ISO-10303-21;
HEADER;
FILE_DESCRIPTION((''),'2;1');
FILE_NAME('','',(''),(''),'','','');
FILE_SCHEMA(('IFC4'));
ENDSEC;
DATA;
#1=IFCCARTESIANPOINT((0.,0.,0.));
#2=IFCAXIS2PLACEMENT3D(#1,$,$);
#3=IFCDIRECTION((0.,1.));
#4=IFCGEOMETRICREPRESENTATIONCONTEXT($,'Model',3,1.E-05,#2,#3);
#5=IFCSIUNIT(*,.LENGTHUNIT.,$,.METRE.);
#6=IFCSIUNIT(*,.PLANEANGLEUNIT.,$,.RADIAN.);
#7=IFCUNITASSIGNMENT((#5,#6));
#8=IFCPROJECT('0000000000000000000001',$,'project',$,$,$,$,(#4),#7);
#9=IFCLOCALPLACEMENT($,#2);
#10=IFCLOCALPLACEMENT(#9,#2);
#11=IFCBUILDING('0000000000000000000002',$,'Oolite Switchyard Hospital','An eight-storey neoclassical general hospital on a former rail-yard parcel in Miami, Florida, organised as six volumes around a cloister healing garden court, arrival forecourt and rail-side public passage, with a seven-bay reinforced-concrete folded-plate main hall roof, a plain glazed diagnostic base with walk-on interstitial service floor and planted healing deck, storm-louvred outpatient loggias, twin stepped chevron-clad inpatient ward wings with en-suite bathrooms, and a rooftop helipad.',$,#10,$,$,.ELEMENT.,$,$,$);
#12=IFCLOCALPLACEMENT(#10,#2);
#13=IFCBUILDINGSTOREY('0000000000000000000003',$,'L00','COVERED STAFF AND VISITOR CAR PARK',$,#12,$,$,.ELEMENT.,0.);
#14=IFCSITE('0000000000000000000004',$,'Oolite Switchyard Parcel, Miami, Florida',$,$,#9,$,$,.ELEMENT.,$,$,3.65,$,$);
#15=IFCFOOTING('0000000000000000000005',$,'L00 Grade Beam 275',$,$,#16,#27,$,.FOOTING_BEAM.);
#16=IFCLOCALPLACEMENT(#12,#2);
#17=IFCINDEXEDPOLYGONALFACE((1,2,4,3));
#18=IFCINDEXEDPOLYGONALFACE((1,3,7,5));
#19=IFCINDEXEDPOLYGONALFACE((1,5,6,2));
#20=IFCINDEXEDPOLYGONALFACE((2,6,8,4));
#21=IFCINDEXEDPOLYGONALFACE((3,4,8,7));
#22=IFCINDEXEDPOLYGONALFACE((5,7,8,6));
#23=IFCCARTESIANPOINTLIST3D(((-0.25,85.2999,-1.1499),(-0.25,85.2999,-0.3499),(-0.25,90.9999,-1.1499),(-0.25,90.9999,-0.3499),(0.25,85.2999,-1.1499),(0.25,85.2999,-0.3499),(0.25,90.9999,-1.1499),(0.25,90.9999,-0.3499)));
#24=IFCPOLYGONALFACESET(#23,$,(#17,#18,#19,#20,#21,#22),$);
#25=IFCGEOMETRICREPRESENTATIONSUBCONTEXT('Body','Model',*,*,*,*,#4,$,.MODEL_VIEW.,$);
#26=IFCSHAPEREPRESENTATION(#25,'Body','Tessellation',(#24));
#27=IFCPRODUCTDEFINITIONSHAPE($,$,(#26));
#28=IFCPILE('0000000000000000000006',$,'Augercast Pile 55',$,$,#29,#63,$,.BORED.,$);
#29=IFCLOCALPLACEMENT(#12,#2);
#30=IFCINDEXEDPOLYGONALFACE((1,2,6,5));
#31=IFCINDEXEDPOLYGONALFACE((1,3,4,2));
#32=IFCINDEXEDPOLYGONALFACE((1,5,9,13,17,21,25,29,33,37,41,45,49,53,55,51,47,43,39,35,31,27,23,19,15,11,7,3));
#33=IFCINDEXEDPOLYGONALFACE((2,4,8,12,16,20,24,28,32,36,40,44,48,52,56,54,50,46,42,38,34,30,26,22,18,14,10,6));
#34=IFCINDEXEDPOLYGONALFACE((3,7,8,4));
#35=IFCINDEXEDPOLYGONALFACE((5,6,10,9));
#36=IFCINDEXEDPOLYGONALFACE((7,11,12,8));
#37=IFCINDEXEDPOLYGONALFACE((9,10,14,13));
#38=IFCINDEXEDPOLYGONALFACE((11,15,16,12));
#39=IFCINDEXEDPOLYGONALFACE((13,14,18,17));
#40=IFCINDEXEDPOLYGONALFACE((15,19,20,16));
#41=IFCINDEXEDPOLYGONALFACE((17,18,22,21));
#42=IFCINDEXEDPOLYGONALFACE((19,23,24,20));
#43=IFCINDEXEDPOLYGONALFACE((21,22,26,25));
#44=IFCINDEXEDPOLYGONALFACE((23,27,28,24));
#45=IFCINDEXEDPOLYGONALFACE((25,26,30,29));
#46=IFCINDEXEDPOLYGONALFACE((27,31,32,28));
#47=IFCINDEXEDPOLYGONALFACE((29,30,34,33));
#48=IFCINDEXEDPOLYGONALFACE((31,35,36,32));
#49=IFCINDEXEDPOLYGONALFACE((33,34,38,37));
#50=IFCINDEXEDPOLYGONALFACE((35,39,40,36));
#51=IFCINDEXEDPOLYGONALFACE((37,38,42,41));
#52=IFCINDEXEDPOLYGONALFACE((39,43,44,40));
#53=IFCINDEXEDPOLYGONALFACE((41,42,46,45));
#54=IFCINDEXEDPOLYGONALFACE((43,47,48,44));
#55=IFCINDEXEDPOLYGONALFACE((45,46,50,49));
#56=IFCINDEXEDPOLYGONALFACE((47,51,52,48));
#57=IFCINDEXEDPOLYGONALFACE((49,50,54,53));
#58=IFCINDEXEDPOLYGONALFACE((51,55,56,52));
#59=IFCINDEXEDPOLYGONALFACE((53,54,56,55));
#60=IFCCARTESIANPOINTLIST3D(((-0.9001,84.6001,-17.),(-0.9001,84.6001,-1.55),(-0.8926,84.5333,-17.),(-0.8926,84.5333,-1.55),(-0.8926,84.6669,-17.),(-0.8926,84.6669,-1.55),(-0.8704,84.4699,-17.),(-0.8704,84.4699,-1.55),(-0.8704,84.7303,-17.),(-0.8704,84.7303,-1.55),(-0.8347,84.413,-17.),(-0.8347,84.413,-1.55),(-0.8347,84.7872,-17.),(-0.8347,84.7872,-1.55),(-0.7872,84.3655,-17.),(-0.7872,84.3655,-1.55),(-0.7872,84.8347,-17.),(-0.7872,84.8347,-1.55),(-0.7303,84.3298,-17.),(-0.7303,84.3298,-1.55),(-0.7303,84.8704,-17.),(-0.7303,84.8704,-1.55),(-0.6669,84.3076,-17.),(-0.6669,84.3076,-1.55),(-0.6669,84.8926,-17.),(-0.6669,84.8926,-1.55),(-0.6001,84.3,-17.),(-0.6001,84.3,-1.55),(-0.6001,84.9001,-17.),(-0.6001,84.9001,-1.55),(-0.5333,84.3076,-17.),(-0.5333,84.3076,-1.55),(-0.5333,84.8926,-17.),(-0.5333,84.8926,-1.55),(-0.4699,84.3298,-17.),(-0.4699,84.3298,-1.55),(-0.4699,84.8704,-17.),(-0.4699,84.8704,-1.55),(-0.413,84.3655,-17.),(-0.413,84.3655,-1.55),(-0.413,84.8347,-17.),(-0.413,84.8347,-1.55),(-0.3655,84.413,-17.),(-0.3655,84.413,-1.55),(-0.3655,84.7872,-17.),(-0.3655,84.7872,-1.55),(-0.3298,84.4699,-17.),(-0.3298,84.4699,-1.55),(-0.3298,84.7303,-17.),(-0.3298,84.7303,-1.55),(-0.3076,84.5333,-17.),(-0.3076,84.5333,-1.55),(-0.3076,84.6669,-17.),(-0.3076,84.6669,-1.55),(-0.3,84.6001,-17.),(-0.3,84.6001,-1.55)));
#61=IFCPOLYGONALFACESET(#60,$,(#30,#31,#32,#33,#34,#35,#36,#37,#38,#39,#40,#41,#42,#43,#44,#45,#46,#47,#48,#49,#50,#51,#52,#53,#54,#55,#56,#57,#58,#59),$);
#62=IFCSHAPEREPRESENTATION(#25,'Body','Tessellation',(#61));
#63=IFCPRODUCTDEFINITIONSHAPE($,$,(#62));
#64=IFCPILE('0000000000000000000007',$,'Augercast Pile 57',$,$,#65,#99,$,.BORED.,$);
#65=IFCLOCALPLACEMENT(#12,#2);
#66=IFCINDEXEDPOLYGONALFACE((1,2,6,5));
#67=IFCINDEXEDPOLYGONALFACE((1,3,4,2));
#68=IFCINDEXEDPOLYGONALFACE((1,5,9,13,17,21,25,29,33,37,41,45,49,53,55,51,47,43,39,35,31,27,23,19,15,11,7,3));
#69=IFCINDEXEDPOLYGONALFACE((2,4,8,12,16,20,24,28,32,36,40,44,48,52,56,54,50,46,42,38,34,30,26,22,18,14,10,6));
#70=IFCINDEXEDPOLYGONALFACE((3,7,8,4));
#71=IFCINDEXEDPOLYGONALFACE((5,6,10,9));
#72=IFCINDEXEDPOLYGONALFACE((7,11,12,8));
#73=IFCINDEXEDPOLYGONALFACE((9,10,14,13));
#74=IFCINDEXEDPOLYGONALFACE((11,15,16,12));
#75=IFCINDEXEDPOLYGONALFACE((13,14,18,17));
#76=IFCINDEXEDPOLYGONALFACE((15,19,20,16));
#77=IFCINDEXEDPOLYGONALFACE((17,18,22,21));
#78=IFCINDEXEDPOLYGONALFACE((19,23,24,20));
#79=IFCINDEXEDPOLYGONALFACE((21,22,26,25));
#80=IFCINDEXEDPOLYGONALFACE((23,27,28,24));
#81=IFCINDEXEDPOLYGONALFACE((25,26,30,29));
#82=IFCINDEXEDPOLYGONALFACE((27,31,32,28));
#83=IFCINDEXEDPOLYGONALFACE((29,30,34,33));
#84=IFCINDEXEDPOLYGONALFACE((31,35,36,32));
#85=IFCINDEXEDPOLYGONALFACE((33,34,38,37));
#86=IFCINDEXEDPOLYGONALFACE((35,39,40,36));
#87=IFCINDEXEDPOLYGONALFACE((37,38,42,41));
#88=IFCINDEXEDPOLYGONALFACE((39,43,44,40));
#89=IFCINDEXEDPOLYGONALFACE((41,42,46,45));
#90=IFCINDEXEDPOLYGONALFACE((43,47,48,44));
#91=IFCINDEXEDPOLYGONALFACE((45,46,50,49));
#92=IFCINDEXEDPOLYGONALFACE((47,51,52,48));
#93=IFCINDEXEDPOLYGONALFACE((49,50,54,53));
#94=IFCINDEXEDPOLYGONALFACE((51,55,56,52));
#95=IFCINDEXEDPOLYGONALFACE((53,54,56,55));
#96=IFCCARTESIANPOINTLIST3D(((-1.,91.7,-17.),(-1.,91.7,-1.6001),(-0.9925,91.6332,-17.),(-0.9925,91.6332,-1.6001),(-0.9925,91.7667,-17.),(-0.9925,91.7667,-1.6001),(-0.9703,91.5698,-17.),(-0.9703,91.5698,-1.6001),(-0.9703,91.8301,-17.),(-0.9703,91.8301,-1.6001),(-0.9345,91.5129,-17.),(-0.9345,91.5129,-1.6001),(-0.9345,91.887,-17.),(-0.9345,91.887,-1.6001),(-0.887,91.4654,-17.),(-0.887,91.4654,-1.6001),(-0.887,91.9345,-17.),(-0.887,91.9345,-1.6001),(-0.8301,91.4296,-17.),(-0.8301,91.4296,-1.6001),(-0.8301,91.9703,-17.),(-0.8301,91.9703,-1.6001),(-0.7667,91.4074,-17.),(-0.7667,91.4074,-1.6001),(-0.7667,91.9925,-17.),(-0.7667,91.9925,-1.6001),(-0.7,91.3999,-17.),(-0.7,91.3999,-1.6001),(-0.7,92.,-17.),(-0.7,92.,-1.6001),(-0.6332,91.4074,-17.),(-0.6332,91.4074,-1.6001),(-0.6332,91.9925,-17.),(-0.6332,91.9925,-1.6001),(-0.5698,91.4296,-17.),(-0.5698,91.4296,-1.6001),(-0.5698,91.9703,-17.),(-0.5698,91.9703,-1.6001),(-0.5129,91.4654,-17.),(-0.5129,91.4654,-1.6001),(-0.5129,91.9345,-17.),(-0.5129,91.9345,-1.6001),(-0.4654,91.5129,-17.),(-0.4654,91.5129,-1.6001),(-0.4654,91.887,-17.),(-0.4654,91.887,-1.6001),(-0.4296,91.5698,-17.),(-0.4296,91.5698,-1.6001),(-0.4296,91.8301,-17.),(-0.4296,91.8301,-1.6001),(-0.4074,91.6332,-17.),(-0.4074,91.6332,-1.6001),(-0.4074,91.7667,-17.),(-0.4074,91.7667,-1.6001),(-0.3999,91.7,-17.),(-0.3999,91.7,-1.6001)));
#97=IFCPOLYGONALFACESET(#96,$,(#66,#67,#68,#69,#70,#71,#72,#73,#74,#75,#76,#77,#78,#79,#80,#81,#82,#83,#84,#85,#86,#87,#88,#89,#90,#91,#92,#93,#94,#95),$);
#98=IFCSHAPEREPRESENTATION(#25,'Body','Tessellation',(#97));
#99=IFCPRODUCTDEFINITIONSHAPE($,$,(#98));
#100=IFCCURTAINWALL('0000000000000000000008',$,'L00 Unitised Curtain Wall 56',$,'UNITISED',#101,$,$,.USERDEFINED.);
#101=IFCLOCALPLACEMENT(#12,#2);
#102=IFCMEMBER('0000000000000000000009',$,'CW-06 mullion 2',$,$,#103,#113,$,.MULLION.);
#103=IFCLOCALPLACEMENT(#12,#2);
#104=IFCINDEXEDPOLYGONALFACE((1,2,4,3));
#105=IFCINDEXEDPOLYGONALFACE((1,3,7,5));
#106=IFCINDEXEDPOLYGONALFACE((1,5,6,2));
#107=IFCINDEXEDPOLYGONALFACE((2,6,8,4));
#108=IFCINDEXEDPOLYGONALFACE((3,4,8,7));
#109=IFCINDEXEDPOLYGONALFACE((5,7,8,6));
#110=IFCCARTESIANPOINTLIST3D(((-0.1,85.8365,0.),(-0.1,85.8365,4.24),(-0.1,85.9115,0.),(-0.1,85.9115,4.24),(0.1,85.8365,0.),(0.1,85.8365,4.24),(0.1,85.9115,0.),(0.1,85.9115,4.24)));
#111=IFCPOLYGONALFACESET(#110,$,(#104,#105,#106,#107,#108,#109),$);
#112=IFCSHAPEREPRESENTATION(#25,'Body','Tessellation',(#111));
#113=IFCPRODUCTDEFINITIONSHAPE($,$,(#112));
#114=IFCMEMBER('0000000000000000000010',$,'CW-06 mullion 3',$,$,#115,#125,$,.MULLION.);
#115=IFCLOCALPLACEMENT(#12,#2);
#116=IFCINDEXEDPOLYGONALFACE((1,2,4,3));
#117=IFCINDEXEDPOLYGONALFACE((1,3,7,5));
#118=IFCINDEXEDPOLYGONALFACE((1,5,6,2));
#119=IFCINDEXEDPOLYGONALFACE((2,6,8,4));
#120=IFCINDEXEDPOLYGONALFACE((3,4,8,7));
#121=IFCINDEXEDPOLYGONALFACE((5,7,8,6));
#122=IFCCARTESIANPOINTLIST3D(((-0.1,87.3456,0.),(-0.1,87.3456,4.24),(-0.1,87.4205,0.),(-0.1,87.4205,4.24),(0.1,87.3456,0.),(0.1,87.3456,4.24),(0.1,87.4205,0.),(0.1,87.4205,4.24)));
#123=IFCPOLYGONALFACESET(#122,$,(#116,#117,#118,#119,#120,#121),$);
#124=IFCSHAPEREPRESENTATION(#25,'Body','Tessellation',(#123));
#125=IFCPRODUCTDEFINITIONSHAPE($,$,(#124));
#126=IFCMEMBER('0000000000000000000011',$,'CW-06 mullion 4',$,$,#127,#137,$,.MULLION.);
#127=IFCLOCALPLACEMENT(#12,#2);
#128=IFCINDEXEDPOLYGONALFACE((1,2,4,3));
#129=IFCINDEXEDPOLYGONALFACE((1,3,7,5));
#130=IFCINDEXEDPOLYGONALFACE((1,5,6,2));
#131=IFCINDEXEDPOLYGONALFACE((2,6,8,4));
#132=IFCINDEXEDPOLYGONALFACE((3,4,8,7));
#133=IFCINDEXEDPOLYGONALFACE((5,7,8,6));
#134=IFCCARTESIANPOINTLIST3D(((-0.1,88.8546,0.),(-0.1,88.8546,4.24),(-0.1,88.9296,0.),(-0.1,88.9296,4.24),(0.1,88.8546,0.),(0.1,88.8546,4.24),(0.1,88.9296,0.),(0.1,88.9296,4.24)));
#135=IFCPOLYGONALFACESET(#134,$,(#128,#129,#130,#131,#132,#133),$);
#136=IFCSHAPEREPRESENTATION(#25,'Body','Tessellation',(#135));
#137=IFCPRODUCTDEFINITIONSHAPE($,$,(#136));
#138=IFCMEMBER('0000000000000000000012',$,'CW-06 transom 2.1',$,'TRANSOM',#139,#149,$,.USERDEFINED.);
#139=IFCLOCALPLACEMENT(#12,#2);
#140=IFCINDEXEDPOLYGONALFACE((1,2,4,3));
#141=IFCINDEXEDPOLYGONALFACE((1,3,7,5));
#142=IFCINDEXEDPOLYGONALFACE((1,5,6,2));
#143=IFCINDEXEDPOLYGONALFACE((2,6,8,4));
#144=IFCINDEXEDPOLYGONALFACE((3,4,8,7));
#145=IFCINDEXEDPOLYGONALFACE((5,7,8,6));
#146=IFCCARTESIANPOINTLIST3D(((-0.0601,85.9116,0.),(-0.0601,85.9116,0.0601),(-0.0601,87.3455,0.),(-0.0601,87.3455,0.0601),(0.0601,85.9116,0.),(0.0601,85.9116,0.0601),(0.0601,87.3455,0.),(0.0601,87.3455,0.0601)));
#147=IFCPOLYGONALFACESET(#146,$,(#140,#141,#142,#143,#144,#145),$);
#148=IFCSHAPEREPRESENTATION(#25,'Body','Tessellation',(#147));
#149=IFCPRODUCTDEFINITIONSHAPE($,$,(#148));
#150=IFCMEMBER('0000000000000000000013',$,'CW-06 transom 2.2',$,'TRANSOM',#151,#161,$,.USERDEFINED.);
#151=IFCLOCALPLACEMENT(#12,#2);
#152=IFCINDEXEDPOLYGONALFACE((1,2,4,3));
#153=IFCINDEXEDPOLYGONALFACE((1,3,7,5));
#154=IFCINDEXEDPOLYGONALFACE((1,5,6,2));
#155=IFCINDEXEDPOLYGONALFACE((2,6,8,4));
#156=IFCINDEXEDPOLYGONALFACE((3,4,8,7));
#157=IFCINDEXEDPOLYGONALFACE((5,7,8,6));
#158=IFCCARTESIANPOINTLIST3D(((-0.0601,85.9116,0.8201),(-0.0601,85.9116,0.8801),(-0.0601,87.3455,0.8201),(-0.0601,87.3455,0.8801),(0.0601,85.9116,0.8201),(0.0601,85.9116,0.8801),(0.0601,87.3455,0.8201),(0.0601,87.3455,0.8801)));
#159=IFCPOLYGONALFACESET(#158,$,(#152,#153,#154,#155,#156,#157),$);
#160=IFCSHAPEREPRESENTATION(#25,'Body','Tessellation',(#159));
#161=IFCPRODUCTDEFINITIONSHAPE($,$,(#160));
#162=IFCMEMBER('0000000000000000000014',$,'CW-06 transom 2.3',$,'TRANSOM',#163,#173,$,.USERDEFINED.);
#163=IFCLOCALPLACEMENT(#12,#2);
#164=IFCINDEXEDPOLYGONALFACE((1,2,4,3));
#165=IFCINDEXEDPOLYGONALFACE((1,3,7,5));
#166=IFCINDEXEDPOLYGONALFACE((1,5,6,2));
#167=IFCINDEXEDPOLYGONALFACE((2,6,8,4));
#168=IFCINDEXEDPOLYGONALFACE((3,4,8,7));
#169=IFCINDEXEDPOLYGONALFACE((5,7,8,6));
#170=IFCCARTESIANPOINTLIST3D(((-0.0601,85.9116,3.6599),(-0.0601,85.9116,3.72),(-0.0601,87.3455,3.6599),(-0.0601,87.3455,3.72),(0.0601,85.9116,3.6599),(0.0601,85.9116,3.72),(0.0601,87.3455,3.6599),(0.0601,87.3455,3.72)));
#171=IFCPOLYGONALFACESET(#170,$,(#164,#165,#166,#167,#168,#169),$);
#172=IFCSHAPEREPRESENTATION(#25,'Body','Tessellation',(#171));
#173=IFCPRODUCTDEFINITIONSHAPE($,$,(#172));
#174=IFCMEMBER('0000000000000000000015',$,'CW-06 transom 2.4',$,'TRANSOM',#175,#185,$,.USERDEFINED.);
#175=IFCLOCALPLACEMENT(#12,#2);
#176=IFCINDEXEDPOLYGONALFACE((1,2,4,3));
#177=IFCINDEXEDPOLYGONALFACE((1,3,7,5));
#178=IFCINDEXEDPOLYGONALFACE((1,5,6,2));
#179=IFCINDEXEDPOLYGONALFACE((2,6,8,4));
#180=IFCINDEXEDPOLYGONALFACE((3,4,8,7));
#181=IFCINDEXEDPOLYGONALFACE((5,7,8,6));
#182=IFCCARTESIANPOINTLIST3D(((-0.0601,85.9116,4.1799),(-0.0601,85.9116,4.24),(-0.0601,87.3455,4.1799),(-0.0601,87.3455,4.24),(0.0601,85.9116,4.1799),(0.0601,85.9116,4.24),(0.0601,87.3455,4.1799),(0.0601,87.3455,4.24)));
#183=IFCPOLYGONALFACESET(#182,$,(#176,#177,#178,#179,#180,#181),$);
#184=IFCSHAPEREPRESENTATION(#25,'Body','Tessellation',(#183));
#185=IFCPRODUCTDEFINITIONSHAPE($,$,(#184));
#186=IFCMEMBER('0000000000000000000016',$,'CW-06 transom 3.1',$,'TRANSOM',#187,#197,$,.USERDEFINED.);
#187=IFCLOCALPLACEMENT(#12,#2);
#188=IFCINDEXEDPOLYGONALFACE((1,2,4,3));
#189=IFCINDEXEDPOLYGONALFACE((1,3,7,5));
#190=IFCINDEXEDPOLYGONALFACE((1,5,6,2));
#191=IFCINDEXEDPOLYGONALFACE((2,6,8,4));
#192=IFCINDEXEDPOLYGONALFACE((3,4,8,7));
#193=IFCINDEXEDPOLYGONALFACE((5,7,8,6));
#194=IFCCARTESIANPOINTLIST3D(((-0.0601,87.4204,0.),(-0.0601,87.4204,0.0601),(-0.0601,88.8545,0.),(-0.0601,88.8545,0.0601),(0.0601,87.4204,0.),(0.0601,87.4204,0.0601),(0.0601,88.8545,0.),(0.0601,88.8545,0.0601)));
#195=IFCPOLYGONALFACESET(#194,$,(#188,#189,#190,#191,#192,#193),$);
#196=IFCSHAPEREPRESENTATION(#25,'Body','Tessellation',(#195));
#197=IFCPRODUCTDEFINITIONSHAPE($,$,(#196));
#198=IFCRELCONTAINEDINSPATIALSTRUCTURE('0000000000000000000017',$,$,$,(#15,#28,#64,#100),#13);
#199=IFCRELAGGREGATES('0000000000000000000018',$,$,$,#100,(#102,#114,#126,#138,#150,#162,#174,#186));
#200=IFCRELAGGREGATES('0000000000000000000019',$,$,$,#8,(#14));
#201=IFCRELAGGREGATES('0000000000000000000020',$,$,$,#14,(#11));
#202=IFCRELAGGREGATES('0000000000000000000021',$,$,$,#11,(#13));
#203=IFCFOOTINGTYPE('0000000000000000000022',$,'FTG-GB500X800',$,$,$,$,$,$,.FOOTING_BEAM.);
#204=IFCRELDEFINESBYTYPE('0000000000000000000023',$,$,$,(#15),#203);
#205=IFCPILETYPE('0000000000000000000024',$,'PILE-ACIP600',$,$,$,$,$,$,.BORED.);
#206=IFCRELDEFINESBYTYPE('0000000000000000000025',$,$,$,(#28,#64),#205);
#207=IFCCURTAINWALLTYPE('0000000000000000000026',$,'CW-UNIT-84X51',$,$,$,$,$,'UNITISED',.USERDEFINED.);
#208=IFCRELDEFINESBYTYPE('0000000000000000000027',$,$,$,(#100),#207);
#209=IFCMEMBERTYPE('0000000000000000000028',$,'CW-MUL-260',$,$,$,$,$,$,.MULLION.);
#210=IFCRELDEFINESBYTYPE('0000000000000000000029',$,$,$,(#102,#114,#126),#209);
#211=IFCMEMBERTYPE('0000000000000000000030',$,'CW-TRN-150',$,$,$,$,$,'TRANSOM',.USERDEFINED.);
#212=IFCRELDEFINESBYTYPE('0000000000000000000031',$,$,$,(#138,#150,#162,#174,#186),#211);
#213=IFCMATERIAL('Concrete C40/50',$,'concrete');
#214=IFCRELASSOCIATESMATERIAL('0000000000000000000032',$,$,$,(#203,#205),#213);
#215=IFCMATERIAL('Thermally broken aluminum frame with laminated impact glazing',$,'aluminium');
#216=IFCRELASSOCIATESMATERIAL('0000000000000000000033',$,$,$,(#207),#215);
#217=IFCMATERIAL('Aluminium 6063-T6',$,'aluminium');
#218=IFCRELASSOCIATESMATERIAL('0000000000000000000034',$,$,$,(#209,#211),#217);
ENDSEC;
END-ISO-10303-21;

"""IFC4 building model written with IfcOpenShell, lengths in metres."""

from ifc_helpers import new_model, si_unit, direction, frame, origin, origin_2d, place, context, subcontext, project, spatial, rectangle, circle, extrude, material, material_profile, profile_set, type_object, element, aggregate, save


model = new_model("IFC4")

# Units and contexts
model_context = context("Model", 3, precision=1e-05, world=origin(), true_north=direction((0.0, 1.0)))
body_context = subcontext(model_context, "Body", "Model", "MODEL_VIEW")
ifc_project = project(units=[si_unit("LENGTHUNIT", "METRE"), si_unit("PLANEANGLEUNIT", "RADIAN")], contexts=[model_context])

# Site, building, storey
site_placement = place(None, origin())
site = spatial("IfcSite", under=ifc_project, at=site_placement, Name="Oolite Switchyard Parcel, Miami, Florida", CompositionType="ELEMENT", RefElevation=3.65)
building_placement = place(site_placement, origin())
building = spatial("IfcBuilding", under=site, at=building_placement, Name="Oolite Switchyard Hospital", Description="An eight-storey neoclassical general hospital on a former rail-yard parcel in Miami, Florida, organised as six volumes around a cloister healing garden court, arrival forecourt and rail-side public passage, with a seven-bay reinforced-concrete folded-plate main hall roof, a plain glazed diagnostic base with walk-on interstitial service floor and planted healing deck, storm-louvred outpatient loggias, twin stepped chevron-clad inpatient ward wings with en-suite bathrooms, and a rooftop helipad.", CompositionType="ELEMENT")
storey_placement = place(building_placement, origin())
storey = spatial("IfcBuildingStorey", under=building, at=storey_placement, Name="L00", Description="COVERED STAFF AND VISITOR CAR PARK", CompositionType="ELEMENT", Elevation=0.0)

# Footing
ifc_material_1 = material(Name="Concrete C40/50", Category="concrete")
footing_type = type_object("IfcFootingType", Name="FTG-GB500X800", PredefinedType="FOOTING_BEAM", material=ifc_material_1)
footing_placement = place(storey_placement, frame((0.0, 88.1499, -1.1499), z_axis=(0.0, 0.0, 1.0), x_axis=(0.0, 1.0, 0.0)))
element("IfcFooting", 1, at=footing_placement, inside=storey, type_object=footing_type, Name="L00 Grade Beam 275", PredefinedType="FOOTING_BEAM", context=body_context, shape_type="SweptSolid", body=[
    extrude(rectangle(XDim=5.7, YDim=0.5, at=origin_2d()), origin(), (0.0, 0.0, 1.0), 0.8),
])

# Piles
ifc_material_profile_1 = material_profile(ifc_material_1, circle(Radius=0.3, at=origin_2d()), Name="PILE600")
ifc_profile_set_1 = profile_set([ifc_material_profile_1], Name="Concrete C40/50")
pile_type = type_object("IfcPileType", Name="PILE-ACIP600", PredefinedType="BORED", material=ifc_profile_set_1)
pile_1_placement = place(storey_placement, frame((-0.6001, 84.6001, -1.55), z_axis=(0.0, 0.0, -1.0), x_axis=(1.0, 0.0, 0.0)))
element("IfcPile", 2, at=pile_1_placement, inside=storey, type_object=pile_type, Name="Augercast Pile 55", PredefinedType="BORED", context=body_context, shape_type="SweptSolid", body=[
    extrude(circle(Radius=0.3, at=origin_2d()), origin(), (0.0, 0.0, 1.0), 15.45),
])
pile_2_placement = place(storey_placement, frame((-0.7, 91.7, -1.6001), z_axis=(0.0, 0.0, -1.0), x_axis=(1.0, 0.0, 0.0)))
element("IfcPile", 3, at=pile_2_placement, inside=storey, type_object=pile_type, Name="Augercast Pile 57", PredefinedType="BORED", context=body_context, shape_type="SweptSolid", body=[
    extrude(circle(Radius=0.3, at=origin_2d()), origin(), (0.0, 0.0, 1.0), 15.3999),
])

# Curtain wall, members
ifc_material_2 = material(Name="Thermally broken aluminum frame with laminated impact glazing", Category="aluminium")
curtain_wall_type = type_object("IfcCurtainWallType", Name="CW-UNIT-84X51", ElementType="UNITISED", PredefinedType="USERDEFINED", material=ifc_material_2)
curtain_wall_placement = place(storey_placement, origin())
curtain_wall = element("IfcCurtainWall", 4, at=curtain_wall_placement, inside=storey, type_object=curtain_wall_type, Name="L00 Unitised Curtain Wall 56", ObjectType="UNITISED", PredefinedType="USERDEFINED")
ifc_material_3 = material(Name="Aluminium 6063-T6", Category="aluminium")
ifc_material_profile_2 = material_profile(ifc_material_3, rectangle(XDim=0.2, YDim=0.075, at=origin_2d()), Name="CWM75X200")
ifc_profile_set_2 = profile_set([ifc_material_profile_2], Name="Aluminium 6063-T6")
member_type_1 = type_object("IfcMemberType", Name="CW-MUL-260", PredefinedType="MULLION", material=ifc_profile_set_2)
member_1_placement = place(storey_placement, frame((0.0, 85.874, 0.0), z_axis=(0.0, 0.0, 1.0), x_axis=(-1.0, 0.0, 0.0)))
member_1 = element("IfcMember", 5, at=member_1_placement, type_object=member_type_1, Name="CW-06 mullion 2", PredefinedType="MULLION", context=body_context, shape_type="SweptSolid", body=[
    extrude(rectangle(XDim=0.2, YDim=0.075, at=origin_2d()), origin(), (0.0, 0.0, 1.0), 4.24),
])
member_2_placement = place(storey_placement, frame((0.0, 87.3831, 0.0), z_axis=(0.0, 0.0, 1.0), x_axis=(-1.0, 0.0, 0.0)))
member_2 = element("IfcMember", 6, at=member_2_placement, type_object=member_type_1, Name="CW-06 mullion 3", PredefinedType="MULLION", context=body_context, shape_type="SweptSolid", body=[
    extrude(rectangle(XDim=0.2, YDim=0.075, at=origin_2d()), origin(), (0.0, 0.0, 1.0), 4.24),
])
member_3_placement = place(storey_placement, frame((0.0, 88.8921, 0.0), z_axis=(0.0, 0.0, 1.0), x_axis=(-1.0, 0.0, 0.0)))
member_3 = element("IfcMember", 7, at=member_3_placement, type_object=member_type_1, Name="CW-06 mullion 4", PredefinedType="MULLION", context=body_context, shape_type="SweptSolid", body=[
    extrude(rectangle(XDim=0.2, YDim=0.075, at=origin_2d()), origin(), (0.0, 0.0, 1.0), 4.24),
])
ifc_material_profile_3 = material_profile(ifc_material_3, rectangle(XDim=0.1201, YDim=0.0601, at=origin_2d()), Name="CWT60X120")
ifc_profile_set_3 = profile_set([ifc_material_profile_3], Name="Aluminium 6063-T6")
member_type_2 = type_object("IfcMemberType", Name="CW-TRN-150", ElementType="TRANSOM", PredefinedType="USERDEFINED", material=ifc_profile_set_3)
member_4_placement = place(storey_placement, frame((0.0, 85.9116, 0.03), z_axis=(0.0, 1.0, 0.0), x_axis=(-1.0, 0.0, 0.0)))
member_4 = element("IfcMember", 8, at=member_4_placement, type_object=member_type_2, Name="CW-06 transom 2.1", ObjectType="TRANSOM", PredefinedType="USERDEFINED", context=body_context, shape_type="SweptSolid", body=[
    extrude(rectangle(XDim=0.1201, YDim=0.0601, at=origin_2d()), origin(), (0.0, 0.0, 1.0), 1.4338),
])
member_5_placement = place(storey_placement, frame((0.0, 85.9116, 0.8501), z_axis=(0.0, 1.0, 0.0), x_axis=(-1.0, 0.0, 0.0)))
member_5 = element("IfcMember", 9, at=member_5_placement, type_object=member_type_2, Name="CW-06 transom 2.2", ObjectType="TRANSOM", PredefinedType="USERDEFINED", context=body_context, shape_type="SweptSolid", body=[
    extrude(rectangle(XDim=0.1201, YDim=0.0601, at=origin_2d()), origin(), (0.0, 0.0, 1.0), 1.4338),
])
member_6_placement = place(storey_placement, frame((0.0, 85.9116, 3.6899), z_axis=(0.0, 1.0, 0.0), x_axis=(-1.0, 0.0, 0.0)))
member_6 = element("IfcMember", 10, at=member_6_placement, type_object=member_type_2, Name="CW-06 transom 2.3", ObjectType="TRANSOM", PredefinedType="USERDEFINED", context=body_context, shape_type="SweptSolid", body=[
    extrude(rectangle(XDim=0.1201, YDim=0.0601, at=origin_2d()), origin(), (0.0, 0.0, 1.0), 1.4338),
])
member_7_placement = place(storey_placement, frame((0.0, 85.9116, 4.21), z_axis=(0.0, 1.0, 0.0), x_axis=(-1.0, 0.0, 0.0)))
member_7 = element("IfcMember", 11, at=member_7_placement, type_object=member_type_2, Name="CW-06 transom 2.4", ObjectType="TRANSOM", PredefinedType="USERDEFINED", context=body_context, shape_type="SweptSolid", body=[
    extrude(rectangle(XDim=0.1201, YDim=0.0601, at=origin_2d()), origin(), (0.0, 0.0, 1.0), 1.4338),
])
member_8_placement = place(storey_placement, frame((0.0, 87.4204, 0.03), z_axis=(0.0, 1.0, 0.0), x_axis=(-1.0, 0.0, 0.0)))
member_8 = element("IfcMember", 12, at=member_8_placement, type_object=member_type_2, Name="CW-06 transom 3.1", ObjectType="TRANSOM", PredefinedType="USERDEFINED", context=body_context, shape_type="SweptSolid", body=[
    extrude(rectangle(XDim=0.1201, YDim=0.0601, at=origin_2d()), origin(), (0.0, 0.0, 1.0), 1.4341),
])
aggregate(curtain_wall, [member_1, member_2, member_3, member_4, member_5, member_6, member_7, member_8])

save(model, "model.ifc")
